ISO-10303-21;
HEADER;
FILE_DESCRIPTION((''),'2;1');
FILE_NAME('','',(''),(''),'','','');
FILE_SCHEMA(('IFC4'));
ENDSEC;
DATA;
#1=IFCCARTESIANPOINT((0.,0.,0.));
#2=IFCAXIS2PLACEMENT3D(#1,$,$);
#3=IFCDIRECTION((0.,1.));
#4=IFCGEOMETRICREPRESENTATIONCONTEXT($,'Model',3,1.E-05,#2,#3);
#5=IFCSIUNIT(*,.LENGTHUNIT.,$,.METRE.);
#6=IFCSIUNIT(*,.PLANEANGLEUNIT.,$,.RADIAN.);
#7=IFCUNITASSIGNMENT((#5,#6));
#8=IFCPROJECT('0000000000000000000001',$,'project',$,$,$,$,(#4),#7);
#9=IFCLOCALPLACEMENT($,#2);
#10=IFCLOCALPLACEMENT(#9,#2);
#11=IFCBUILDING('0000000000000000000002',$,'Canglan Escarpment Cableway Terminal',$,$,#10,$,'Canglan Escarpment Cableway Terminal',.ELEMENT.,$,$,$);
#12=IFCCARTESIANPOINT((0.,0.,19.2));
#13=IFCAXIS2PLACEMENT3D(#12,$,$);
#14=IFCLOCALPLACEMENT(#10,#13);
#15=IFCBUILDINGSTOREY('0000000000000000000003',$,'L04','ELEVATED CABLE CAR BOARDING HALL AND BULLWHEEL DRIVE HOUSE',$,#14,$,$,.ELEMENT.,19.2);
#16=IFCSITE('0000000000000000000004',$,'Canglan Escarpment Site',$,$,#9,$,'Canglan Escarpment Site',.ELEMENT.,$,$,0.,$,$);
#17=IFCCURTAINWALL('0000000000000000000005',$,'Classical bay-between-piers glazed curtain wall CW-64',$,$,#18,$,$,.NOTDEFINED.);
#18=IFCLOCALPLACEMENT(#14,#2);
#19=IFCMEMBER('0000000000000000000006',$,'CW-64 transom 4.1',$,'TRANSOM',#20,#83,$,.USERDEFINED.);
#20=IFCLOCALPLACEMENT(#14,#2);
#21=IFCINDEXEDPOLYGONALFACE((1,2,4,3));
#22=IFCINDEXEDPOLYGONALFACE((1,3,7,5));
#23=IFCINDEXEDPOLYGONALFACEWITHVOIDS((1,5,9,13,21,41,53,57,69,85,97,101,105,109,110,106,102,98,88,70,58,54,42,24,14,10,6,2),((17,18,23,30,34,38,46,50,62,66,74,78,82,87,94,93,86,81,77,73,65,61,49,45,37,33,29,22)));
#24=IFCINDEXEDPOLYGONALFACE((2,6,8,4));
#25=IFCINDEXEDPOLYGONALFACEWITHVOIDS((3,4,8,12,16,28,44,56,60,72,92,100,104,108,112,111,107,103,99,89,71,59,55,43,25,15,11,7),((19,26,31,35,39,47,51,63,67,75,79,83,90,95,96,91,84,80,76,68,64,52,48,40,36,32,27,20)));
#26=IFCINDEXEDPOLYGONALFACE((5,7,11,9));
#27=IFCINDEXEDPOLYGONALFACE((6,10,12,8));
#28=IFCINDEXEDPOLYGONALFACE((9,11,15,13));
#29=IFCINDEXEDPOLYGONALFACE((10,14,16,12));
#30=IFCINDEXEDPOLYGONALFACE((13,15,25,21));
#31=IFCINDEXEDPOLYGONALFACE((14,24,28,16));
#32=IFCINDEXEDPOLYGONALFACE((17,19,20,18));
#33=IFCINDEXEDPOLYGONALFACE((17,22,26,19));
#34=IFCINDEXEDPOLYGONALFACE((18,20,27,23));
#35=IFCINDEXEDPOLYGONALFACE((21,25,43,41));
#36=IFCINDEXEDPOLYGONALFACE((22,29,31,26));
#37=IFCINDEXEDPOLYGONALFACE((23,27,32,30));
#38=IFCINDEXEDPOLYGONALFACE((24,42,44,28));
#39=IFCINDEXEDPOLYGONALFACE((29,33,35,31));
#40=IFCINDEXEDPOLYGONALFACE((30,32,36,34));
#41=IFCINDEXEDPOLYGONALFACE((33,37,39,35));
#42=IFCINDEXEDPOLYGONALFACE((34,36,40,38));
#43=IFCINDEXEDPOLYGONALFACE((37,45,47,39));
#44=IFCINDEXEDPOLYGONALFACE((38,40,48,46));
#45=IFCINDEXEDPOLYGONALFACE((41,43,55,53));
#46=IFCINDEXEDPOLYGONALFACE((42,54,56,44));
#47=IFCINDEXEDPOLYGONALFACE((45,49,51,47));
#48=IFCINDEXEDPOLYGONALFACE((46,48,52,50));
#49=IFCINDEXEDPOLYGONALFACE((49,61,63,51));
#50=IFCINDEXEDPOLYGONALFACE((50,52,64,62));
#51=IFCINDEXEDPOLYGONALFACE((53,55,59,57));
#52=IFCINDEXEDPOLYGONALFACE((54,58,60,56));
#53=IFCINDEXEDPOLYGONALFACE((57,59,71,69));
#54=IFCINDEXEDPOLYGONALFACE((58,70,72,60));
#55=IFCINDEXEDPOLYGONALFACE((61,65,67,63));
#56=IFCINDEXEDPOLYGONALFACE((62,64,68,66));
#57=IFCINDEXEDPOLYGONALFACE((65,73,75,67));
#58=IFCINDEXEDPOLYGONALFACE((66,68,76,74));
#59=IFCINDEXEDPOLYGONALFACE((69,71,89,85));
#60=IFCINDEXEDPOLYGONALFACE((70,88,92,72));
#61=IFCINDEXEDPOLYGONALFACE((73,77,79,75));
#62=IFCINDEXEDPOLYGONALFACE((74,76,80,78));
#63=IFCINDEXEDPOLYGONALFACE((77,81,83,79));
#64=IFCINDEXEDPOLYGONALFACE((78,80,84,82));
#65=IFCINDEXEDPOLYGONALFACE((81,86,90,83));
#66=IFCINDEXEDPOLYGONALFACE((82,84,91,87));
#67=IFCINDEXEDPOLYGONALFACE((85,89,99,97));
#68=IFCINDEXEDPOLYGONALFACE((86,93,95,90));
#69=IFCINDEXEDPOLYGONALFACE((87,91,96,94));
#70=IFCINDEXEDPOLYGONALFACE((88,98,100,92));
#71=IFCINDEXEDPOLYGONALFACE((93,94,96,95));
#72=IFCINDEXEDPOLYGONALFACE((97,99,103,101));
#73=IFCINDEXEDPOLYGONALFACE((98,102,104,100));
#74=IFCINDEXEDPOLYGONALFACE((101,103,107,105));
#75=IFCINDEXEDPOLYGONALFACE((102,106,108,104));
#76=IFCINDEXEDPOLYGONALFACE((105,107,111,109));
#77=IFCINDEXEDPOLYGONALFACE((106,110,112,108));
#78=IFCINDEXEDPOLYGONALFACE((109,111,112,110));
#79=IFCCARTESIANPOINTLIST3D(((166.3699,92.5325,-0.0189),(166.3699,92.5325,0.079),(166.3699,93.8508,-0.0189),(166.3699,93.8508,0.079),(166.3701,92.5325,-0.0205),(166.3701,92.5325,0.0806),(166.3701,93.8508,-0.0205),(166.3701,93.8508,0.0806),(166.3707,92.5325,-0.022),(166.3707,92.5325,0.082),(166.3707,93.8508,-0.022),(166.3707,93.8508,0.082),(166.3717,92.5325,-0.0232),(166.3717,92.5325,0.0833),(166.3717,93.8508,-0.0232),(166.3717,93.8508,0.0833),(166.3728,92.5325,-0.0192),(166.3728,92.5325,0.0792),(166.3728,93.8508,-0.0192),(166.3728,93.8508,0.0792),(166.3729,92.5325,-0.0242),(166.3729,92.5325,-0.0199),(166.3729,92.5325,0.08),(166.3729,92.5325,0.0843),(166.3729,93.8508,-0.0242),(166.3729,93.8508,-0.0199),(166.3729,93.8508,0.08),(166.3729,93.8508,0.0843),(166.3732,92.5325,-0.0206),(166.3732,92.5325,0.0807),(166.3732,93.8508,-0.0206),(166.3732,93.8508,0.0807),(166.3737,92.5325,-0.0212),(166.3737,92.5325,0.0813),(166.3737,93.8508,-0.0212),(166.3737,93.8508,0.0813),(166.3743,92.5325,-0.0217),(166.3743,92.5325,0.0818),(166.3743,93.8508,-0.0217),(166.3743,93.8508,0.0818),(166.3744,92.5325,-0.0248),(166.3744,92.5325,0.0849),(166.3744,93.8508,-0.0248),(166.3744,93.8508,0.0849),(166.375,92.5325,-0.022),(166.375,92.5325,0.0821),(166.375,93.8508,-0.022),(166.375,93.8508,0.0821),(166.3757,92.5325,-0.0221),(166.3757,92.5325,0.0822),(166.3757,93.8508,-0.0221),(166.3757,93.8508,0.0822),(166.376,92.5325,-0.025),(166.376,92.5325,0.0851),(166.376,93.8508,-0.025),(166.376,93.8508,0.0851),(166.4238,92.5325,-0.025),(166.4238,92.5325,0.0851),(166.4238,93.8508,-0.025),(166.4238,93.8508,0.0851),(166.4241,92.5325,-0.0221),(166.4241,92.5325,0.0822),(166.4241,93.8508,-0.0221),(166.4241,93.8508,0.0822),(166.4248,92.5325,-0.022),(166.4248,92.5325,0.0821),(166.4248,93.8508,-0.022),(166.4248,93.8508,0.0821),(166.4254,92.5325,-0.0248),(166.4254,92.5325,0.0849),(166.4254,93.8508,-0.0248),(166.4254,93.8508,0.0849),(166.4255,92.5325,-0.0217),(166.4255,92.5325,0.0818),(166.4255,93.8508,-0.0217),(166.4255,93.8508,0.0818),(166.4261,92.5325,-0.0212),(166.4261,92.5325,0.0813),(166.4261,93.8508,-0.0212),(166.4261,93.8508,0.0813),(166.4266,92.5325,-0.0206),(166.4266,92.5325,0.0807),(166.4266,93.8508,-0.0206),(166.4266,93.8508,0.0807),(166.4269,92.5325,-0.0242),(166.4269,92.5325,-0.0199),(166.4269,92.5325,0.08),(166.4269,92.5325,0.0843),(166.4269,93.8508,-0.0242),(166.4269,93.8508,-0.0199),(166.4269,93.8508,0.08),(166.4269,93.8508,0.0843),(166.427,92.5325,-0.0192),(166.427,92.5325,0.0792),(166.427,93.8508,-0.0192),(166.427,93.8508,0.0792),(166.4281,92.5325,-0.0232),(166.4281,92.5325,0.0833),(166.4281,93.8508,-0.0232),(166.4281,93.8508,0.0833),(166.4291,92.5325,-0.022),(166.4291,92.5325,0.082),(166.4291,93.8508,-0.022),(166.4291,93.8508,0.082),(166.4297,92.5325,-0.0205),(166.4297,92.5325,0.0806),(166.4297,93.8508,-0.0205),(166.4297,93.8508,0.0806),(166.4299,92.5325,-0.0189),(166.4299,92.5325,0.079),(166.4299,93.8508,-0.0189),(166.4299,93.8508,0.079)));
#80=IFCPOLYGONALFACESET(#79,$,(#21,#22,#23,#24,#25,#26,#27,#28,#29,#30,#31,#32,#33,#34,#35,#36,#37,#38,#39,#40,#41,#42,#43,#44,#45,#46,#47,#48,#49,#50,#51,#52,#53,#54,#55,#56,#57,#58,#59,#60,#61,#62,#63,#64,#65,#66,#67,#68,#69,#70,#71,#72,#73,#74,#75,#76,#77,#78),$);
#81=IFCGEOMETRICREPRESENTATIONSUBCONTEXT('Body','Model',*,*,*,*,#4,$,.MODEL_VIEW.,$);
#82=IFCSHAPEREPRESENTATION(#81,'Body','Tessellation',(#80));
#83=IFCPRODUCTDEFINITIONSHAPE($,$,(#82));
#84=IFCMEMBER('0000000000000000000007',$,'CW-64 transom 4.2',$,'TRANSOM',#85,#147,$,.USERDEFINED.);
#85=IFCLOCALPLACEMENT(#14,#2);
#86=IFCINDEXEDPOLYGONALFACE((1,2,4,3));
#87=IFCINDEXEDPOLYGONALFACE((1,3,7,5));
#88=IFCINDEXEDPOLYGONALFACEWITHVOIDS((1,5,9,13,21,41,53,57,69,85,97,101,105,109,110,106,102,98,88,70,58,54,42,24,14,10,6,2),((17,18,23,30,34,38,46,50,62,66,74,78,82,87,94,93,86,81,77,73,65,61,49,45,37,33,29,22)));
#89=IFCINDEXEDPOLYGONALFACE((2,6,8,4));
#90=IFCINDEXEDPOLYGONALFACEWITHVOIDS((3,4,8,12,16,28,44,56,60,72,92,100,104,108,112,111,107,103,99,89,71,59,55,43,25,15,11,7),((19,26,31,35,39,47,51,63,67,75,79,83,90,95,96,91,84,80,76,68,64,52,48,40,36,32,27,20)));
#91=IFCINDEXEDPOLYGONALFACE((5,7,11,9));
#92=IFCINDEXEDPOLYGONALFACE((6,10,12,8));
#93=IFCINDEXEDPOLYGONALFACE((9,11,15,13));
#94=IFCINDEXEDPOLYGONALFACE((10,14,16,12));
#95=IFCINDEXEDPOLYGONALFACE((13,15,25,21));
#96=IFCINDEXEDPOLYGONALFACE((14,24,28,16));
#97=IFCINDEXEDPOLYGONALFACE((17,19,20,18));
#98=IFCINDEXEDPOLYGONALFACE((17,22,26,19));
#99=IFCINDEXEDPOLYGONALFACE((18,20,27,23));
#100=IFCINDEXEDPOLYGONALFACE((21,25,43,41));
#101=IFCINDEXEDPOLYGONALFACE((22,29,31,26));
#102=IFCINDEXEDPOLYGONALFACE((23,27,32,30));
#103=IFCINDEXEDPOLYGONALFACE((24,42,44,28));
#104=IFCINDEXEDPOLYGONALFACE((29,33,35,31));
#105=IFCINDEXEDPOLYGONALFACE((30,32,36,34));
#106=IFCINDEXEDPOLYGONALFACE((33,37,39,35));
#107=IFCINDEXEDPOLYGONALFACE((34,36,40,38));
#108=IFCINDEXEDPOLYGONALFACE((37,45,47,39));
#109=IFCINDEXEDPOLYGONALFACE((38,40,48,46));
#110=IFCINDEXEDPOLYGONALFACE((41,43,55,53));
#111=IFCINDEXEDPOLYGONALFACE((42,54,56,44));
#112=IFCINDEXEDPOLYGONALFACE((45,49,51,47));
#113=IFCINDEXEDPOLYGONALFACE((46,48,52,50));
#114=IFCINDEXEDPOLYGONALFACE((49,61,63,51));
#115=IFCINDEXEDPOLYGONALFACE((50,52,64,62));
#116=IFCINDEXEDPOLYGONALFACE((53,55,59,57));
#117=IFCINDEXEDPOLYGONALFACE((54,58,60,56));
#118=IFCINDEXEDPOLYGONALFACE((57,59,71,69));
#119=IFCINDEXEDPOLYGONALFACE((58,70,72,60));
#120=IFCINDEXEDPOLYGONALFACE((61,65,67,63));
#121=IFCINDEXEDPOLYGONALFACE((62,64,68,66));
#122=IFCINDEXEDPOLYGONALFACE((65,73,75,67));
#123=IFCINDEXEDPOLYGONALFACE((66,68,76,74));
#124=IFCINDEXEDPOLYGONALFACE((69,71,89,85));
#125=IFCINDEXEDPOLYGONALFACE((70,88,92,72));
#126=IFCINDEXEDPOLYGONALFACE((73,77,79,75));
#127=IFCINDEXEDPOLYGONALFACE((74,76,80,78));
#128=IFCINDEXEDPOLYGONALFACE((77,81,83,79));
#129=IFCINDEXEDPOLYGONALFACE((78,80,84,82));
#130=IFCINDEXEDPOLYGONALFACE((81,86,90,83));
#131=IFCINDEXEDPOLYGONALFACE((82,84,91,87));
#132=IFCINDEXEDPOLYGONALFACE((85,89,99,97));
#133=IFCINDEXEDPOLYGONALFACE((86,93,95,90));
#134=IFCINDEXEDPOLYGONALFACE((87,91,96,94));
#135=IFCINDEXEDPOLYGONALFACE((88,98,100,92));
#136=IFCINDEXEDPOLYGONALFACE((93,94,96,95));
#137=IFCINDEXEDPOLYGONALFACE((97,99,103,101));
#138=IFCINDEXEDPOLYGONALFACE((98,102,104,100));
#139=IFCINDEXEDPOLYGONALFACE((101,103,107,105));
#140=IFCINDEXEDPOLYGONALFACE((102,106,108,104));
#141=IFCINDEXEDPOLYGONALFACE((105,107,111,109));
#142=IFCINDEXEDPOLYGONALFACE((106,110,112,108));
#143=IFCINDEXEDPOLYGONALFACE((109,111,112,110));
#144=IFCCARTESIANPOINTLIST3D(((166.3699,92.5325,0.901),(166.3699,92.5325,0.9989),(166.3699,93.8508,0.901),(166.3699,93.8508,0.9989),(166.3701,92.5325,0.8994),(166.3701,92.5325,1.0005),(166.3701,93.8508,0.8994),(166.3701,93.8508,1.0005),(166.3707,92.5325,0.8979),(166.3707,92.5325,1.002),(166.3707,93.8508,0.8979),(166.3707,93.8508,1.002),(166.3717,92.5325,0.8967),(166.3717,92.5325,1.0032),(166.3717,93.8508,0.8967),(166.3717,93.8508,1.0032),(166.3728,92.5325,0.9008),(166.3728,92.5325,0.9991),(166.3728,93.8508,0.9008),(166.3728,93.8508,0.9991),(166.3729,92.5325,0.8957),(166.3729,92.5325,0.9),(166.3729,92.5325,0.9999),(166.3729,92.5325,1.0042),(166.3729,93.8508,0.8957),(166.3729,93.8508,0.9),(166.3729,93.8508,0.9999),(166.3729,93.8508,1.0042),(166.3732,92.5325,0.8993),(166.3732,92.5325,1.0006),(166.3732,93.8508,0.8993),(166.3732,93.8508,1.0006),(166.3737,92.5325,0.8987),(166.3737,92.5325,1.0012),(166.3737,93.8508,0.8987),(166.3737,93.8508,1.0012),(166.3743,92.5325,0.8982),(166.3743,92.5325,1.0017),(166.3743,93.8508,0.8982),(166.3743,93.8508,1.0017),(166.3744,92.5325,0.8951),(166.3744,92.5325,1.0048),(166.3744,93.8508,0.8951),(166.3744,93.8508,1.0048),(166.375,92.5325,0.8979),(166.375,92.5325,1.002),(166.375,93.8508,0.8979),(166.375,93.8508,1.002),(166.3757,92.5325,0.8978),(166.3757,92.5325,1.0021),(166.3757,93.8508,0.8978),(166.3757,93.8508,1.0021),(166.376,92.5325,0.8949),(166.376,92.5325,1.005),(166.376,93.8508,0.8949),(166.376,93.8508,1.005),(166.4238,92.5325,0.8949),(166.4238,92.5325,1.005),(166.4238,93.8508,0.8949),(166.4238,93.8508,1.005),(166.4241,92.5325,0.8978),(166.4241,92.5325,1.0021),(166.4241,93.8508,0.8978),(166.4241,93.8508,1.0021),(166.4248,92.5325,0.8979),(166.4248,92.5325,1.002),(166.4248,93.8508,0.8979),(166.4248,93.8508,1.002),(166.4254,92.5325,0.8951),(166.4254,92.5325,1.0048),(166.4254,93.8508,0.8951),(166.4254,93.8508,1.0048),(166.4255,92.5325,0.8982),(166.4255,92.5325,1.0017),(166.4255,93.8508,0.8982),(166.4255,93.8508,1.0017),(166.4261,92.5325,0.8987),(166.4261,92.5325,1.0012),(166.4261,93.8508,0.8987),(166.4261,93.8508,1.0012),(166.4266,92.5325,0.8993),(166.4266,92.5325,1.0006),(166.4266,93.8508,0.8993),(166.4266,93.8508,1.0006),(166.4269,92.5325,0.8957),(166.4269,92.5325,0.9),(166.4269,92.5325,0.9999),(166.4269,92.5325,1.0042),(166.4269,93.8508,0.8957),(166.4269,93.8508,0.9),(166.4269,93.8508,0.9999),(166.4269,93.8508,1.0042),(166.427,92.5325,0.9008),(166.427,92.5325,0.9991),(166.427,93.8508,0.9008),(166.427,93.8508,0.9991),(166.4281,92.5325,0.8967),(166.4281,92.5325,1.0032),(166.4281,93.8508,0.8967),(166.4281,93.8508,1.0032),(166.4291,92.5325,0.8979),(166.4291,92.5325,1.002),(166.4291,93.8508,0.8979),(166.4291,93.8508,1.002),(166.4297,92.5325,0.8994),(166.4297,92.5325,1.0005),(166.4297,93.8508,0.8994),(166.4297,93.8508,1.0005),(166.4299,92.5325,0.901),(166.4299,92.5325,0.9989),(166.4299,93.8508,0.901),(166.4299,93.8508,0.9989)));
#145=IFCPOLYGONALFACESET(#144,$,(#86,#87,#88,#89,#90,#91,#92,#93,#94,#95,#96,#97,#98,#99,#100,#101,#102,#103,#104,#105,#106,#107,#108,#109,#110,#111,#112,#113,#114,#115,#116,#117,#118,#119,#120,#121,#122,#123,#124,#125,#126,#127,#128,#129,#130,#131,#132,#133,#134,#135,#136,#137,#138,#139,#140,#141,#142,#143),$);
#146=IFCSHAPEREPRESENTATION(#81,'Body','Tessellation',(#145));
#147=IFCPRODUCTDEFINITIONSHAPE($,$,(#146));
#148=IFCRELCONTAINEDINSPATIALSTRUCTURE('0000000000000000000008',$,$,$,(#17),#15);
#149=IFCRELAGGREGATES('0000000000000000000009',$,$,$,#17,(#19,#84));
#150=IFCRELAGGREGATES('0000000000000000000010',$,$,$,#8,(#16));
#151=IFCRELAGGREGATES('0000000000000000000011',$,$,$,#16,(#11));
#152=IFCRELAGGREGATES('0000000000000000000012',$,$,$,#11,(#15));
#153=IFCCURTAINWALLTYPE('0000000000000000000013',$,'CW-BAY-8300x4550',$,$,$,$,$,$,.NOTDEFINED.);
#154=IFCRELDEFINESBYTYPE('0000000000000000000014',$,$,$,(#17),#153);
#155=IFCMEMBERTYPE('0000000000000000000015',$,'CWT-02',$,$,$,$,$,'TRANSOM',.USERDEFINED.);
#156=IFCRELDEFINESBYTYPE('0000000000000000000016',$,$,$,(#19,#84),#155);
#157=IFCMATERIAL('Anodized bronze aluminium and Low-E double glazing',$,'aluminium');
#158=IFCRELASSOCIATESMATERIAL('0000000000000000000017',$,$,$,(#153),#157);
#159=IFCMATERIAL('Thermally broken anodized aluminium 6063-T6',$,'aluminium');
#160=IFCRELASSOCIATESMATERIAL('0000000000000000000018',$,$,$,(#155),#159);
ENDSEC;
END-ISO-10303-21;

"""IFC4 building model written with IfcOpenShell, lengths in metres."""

from ifc_helpers import new_model, si_unit, direction, frame, origin, origin_2d, place, context, subcontext, project, spatial, hollow_rectangle, extrude, material, material_profile, profile_set, type_object, element, aggregate, save


model = new_model("IFC4")

# Units and contexts
model_context = context("Model", 3, precision=1e-05, world=origin(), true_north=direction((0.0, 1.0)))
body_context = subcontext(model_context, "Body", "Model", "MODEL_VIEW")
ifc_project = project(units=[si_unit("LENGTHUNIT", "METRE"), si_unit("PLANEANGLEUNIT", "RADIAN")], contexts=[model_context])

# Site, building, storey
site_placement = place(None, origin())
site = spatial("IfcSite", under=ifc_project, at=site_placement, Name="Canglan Escarpment Site", LongName="Canglan Escarpment Site", CompositionType="ELEMENT", RefElevation=0.0)
building_placement = place(site_placement, origin())
building = spatial("IfcBuilding", under=site, at=building_placement, Name="Canglan Escarpment Cableway Terminal", LongName="Canglan Escarpment Cableway Terminal", CompositionType="ELEMENT")
storey_placement = place(building_placement, frame((0.0, 0.0, 19.2)))
storey = spatial("IfcBuildingStorey", under=building, at=storey_placement, Name="L04", Description="ELEVATED CABLE CAR BOARDING HALL AND BULLWHEEL DRIVE HOUSE", CompositionType="ELEMENT", Elevation=19.2)

# Shared definitions
ifc_material_1 = material(Name="Anodized bronze aluminium and Low-E double glazing", Category="aluminium")
curtain_wall_type = type_object("IfcCurtainWallType", Name="CW-BAY-8300x4550", PredefinedType="NOTDEFINED", material=ifc_material_1)
ifc_material_2 = material(Name="Thermally broken anodized aluminium 6063-T6", Category="aluminium")

# Curtain wall, members
curtain_wall_1_placement = place(storey_placement, origin())
curtain_wall_1 = element("IfcCurtainWall", 1, at=curtain_wall_1_placement, inside=storey, type_object=curtain_wall_type, Name="Classical bay-between-piers glazed curtain wall CW-64", PredefinedType="NOTDEFINED")
ifc_material_profile_1 = material_profile(ifc_material_2, hollow_rectangle(XDim=0.0601, YDim=0.1101, WallThickness=0.0029, InnerFilletRadius=0.0029, OuterFilletRadius=0.0061, at=origin_2d()), Name="ALU-TRAN 60x110x3")
ifc_profile_set_1 = profile_set([ifc_material_profile_1], Name="Thermally broken anodized aluminium 6063-T6")
member_type_1 = type_object("IfcMemberType", Name="CWT-02", ElementType="TRANSOM", PredefinedType="USERDEFINED", material=ifc_profile_set_1)
member_1_placement = place(storey_placement, frame((166.3999, 92.5325, 0.03), z_axis=(0.0, 1.0, 0.0), x_axis=(-1.0, 0.0, 0.0)))
member_1 = element("IfcMember", 2, at=member_1_placement, type_object=member_type_1, Name="CW-64 transom 4.1", ObjectType="TRANSOM", PredefinedType="USERDEFINED", context=body_context, shape_type="SweptSolid", body=[
    extrude(hollow_rectangle(XDim=0.0601, YDim=0.1101, WallThickness=0.0029, InnerFilletRadius=0.0029, OuterFilletRadius=0.0061, at=origin_2d()), origin(), (0.0, 0.0, 1.0), 1.3184),
])
member_2_placement = place(storey_placement, frame((166.3999, 92.5325, 0.95), z_axis=(0.0, 1.0, 0.0), x_axis=(-1.0, 0.0, 0.0)))
member_2 = element("IfcMember", 3, at=member_2_placement, type_object=member_type_1, Name="CW-64 transom 4.2", ObjectType="TRANSOM", PredefinedType="USERDEFINED", context=body_context, shape_type="SweptSolid", body=[
    extrude(hollow_rectangle(XDim=0.0601, YDim=0.1101, WallThickness=0.0029, InnerFilletRadius=0.0029, OuterFilletRadius=0.0061, at=origin_2d()), origin(), (0.0, 0.0, 1.0), 1.3184),
])
aggregate(curtain_wall_1, [member_1, member_2])

save(model, "model.ifc")
